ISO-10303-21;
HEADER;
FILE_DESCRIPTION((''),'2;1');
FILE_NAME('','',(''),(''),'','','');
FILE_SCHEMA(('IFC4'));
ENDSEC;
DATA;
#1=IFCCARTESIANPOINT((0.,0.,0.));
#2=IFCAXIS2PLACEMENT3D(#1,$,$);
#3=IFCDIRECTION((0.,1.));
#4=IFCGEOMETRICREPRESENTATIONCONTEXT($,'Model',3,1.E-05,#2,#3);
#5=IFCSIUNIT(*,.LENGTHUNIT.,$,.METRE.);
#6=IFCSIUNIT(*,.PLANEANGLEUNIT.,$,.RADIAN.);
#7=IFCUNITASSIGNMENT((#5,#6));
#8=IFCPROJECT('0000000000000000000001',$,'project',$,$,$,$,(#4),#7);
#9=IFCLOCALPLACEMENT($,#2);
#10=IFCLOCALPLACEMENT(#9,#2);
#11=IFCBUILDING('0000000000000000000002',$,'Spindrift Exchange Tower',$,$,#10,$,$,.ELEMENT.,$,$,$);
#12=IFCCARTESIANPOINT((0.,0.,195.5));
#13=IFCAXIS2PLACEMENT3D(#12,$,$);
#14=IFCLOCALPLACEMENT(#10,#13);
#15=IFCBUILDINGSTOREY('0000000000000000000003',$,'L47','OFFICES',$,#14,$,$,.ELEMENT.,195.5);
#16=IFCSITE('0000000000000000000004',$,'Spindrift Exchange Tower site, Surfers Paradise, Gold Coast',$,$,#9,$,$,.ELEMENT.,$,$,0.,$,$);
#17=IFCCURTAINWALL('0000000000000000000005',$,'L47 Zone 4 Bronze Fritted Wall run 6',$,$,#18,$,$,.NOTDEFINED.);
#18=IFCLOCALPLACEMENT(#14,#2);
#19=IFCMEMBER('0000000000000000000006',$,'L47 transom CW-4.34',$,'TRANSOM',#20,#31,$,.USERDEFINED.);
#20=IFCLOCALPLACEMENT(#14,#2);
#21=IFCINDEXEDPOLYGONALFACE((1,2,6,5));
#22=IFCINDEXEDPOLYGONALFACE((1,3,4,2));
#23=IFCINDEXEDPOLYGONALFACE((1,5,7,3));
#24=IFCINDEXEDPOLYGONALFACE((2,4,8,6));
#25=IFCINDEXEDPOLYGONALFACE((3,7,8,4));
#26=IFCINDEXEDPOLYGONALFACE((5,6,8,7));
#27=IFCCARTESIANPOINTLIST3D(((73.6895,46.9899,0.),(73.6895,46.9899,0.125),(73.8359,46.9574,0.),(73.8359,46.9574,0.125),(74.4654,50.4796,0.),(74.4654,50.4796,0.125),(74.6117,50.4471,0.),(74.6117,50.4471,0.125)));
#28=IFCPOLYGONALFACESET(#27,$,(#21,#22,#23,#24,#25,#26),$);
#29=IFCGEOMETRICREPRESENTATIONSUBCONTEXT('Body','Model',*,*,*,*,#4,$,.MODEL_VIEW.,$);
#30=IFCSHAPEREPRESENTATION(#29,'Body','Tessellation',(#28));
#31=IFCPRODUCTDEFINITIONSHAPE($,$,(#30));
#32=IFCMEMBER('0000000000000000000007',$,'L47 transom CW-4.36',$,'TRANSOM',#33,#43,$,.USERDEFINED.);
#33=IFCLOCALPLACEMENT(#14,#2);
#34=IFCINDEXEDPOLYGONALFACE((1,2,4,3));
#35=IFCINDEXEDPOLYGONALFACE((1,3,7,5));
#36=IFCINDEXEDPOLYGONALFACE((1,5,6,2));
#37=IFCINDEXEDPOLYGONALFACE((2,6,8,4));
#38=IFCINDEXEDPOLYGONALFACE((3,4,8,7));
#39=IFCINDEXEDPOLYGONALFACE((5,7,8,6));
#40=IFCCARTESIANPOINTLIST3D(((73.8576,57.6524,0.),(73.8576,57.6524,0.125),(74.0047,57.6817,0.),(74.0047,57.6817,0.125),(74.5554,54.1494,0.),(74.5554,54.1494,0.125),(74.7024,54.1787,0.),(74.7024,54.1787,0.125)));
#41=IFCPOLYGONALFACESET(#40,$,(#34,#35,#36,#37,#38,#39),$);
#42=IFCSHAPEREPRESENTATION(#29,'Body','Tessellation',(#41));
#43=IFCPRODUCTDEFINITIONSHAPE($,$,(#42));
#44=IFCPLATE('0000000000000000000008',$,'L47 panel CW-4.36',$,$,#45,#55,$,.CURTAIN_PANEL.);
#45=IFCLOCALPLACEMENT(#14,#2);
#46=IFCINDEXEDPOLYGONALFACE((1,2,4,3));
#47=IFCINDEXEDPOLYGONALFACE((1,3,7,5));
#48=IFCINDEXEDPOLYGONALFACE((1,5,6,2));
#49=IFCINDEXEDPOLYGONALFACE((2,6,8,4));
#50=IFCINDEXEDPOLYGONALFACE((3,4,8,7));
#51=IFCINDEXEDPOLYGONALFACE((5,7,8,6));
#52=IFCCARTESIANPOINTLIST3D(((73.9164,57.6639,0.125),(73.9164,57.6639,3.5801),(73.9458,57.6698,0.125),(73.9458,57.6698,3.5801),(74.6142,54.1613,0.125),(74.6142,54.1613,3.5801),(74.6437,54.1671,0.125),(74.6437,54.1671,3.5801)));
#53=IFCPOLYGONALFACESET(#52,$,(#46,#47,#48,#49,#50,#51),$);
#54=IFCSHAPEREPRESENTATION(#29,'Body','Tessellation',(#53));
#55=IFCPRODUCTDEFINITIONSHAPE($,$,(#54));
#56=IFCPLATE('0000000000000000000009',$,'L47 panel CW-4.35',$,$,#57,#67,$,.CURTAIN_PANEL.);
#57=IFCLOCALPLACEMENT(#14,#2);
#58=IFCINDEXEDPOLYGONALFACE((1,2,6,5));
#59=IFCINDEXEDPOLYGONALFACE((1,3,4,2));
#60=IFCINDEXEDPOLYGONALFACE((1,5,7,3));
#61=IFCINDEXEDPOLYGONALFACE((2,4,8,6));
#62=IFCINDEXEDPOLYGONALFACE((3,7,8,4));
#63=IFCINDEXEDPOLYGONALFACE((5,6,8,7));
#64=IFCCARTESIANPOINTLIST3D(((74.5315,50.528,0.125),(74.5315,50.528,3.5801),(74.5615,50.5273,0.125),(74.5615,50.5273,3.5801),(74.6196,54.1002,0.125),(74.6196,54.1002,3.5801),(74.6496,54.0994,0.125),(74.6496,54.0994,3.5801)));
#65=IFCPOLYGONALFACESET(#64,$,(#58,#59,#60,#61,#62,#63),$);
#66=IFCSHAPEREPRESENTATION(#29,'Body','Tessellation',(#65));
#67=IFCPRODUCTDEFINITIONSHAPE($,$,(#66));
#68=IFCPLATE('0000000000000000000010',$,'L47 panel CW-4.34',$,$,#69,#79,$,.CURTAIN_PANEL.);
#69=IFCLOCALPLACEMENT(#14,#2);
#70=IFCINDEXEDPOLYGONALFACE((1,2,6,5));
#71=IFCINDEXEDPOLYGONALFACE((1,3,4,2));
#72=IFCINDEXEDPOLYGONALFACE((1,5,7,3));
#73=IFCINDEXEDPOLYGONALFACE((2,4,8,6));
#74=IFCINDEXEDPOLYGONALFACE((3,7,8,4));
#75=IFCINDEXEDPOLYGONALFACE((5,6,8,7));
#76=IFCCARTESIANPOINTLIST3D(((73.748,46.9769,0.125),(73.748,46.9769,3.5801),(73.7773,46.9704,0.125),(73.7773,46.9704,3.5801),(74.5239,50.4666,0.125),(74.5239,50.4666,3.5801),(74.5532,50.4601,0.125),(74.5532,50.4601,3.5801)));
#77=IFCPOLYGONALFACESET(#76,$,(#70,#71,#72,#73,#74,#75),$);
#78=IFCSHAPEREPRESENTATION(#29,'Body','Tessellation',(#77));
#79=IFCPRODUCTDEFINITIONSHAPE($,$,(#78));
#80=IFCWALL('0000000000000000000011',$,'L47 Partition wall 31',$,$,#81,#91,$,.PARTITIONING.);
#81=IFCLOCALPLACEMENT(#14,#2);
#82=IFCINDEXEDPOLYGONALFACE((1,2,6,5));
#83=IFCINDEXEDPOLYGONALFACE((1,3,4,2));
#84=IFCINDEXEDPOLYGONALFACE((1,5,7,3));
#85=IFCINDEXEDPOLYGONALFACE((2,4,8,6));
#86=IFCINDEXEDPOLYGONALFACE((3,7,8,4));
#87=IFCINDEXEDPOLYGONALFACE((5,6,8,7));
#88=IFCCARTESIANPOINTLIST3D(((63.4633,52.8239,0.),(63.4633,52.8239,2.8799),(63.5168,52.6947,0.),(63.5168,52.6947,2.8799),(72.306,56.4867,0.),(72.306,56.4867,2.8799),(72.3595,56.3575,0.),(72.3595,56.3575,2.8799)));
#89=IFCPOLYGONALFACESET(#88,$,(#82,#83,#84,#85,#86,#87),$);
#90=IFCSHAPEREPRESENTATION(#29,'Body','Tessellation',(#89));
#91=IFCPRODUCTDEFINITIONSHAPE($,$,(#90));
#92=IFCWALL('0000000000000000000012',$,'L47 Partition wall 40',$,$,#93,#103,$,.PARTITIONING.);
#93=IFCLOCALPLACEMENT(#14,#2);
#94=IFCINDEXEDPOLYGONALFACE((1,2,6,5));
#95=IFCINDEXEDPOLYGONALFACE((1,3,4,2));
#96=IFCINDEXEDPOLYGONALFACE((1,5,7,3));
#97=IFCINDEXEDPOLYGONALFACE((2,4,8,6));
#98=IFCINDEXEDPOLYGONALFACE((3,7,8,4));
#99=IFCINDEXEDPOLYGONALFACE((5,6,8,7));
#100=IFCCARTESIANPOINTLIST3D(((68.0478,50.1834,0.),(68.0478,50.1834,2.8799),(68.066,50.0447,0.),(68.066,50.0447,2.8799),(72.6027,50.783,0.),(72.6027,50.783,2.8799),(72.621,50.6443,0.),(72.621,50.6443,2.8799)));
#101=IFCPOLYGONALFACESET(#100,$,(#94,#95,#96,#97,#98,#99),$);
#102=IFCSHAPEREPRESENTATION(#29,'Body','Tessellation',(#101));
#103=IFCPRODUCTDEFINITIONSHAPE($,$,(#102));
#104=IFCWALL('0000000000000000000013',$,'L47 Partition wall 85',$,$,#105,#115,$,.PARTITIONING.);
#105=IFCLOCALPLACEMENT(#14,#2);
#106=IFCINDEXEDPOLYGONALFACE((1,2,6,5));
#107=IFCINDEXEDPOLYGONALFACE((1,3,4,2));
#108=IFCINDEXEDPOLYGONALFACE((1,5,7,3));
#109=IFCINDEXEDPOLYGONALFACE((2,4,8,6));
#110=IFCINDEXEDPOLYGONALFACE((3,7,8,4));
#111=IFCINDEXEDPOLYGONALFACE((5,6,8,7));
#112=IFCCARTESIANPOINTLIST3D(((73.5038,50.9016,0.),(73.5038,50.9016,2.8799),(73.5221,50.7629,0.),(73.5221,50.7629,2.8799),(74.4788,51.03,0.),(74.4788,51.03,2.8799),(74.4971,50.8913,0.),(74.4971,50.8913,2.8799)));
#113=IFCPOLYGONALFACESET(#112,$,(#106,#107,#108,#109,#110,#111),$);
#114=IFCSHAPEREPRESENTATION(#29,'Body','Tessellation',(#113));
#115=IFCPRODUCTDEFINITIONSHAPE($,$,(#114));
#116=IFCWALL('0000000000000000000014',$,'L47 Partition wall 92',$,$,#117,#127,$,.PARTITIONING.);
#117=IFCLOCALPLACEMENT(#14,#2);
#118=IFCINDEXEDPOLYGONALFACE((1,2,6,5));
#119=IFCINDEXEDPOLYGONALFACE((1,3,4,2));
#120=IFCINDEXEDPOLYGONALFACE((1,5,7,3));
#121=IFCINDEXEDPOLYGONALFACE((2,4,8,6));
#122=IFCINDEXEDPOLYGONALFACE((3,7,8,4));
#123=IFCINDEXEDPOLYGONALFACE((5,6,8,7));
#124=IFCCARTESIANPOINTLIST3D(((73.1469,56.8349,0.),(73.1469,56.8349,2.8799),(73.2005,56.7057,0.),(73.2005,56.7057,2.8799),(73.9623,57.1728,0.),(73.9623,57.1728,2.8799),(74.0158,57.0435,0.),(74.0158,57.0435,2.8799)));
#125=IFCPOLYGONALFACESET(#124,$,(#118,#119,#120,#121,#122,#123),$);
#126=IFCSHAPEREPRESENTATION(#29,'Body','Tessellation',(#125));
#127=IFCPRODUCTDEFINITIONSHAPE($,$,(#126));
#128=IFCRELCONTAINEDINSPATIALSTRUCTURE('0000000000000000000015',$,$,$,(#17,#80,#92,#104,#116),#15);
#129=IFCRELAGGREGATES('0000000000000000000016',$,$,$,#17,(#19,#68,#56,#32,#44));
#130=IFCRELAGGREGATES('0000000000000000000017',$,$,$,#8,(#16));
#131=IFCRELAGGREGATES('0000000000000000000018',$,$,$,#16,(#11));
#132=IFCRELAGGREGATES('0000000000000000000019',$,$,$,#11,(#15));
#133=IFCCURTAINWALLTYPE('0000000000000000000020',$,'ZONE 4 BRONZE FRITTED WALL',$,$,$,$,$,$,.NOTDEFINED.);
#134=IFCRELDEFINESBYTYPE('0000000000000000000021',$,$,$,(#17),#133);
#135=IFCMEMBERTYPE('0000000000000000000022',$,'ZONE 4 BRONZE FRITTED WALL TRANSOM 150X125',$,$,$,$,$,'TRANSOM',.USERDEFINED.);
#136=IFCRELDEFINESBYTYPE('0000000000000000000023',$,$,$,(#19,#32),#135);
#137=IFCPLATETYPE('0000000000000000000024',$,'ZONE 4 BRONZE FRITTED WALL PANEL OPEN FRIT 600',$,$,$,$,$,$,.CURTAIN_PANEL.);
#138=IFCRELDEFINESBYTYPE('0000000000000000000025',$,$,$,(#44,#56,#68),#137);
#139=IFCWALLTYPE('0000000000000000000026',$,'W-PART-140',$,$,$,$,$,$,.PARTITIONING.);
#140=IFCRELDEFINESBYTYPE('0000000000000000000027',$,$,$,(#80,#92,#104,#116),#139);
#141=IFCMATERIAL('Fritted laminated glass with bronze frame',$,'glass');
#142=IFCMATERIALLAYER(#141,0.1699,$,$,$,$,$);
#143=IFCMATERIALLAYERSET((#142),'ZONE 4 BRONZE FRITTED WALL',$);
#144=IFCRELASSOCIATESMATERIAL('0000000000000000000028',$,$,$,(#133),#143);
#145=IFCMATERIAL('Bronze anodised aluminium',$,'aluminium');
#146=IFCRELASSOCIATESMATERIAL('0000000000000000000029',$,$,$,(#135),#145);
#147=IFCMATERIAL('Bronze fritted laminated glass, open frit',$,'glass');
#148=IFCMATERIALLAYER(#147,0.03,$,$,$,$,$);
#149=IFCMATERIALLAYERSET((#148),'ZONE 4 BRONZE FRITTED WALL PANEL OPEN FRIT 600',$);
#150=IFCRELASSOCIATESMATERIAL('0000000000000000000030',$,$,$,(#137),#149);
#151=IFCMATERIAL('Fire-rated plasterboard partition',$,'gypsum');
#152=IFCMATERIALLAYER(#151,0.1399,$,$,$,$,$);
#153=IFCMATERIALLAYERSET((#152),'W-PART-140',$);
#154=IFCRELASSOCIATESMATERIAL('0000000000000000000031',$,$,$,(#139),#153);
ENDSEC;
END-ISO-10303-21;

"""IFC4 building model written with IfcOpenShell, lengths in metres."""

from ifc_helpers import new_model, si_unit, direction, frame, frame_2d, origin, origin_2d, place, context, subcontext, project, spatial, rectangle, extrude, source, transform, mapped, material, layer, layer_set, material_profile, profile_set, type_object, element, aggregate, save


model = new_model("IFC4")

# Units and contexts
model_context = context("Model", 3, precision=1e-05, world=origin(), true_north=direction((0.0, 1.0)))
body_context = subcontext(model_context, "Body", "Model", "MODEL_VIEW")
ifc_project = project(units=[si_unit("LENGTHUNIT", "METRE"), si_unit("PLANEANGLEUNIT", "RADIAN")], contexts=[model_context])

# Site, building, storey
site_placement = place(None, origin())
site = spatial("IfcSite", under=ifc_project, at=site_placement, Name="Spindrift Exchange Tower site, Surfers Paradise, Gold Coast", CompositionType="ELEMENT", RefElevation=0.0)
building_placement = place(site_placement, origin())
building = spatial("IfcBuilding", under=site, at=building_placement, Name="Spindrift Exchange Tower", CompositionType="ELEMENT")
storey_placement = place(building_placement, frame((0.0, 0.0, 195.5)))
storey = spatial("IfcBuildingStorey", under=building, at=storey_placement, Name="L47", Description="OFFICES", CompositionType="ELEMENT", Elevation=195.5)

# Curtain wall, members, plates
ifc_material_1 = material(Name="Fritted laminated glass with bronze frame", Category="glass")
ifc_layer_1 = layer(ifc_material_1, 0.1699)
ifc_layer_set_1 = layer_set([ifc_layer_1], Name="ZONE 4 BRONZE FRITTED WALL")
curtain_wall_type = type_object("IfcCurtainWallType", Name="ZONE 4 BRONZE FRITTED WALL", PredefinedType="NOTDEFINED", material=ifc_layer_set_1)
curtain_wall_placement = place(storey_placement, origin())
curtain_wall = element("IfcCurtainWall", 1, at=curtain_wall_placement, inside=storey, type_object=curtain_wall_type, Name="L47 Zone 4 Bronze Fritted Wall run 6", PredefinedType="NOTDEFINED")
ifc_material_2 = material(Name="Bronze anodised aluminium", Category="aluminium")
ifc_material_profile_1 = material_profile(ifc_material_2, rectangle(XDim=0.1499, YDim=0.125, at=origin_2d()), Name="ZONE 4 BRONZE FRITTED WALL TRANSOM 150X125")
ifc_profile_set_1 = profile_set([ifc_material_profile_1], Name="Bronze anodised aluminium")
member_type_1 = type_object("IfcMemberType", Name="ZONE 4 BRONZE FRITTED WALL TRANSOM 150X125", ElementType="TRANSOM", PredefinedType="USERDEFINED", material=ifc_profile_set_1)
shared_shape_1 = source(origin(), body_context, "Body", "SweptSolid", [
    extrude(rectangle(XDim=0.1499, YDim=0.125, at=origin_2d()), origin(), (0.0, 0.0, 1.0), 3.575),
])
member_1_placement = place(storey_placement, frame((73.7627, 46.9736, 0.0625), z_axis=(0.217032, 0.976165, 0.0), x_axis=(-0.976165, 0.217032, 0.0)))
member_1 = element("IfcMember", 2, at=member_1_placement, type_object=member_type_1, Name="L47 transom CW-4.34", ObjectType="TRANSOM", PredefinedType="USERDEFINED", context=body_context, shape_type="MappedRepresentation", body=[
    mapped(shared_shape_1, transform((0.0, 0.0, 0.0), scale=1.0)),
])
shared_shape_2 = source(origin(), body_context, "Body", "SweptSolid", [
    extrude(rectangle(XDim=0.1499, YDim=0.125, at=origin_2d()), origin(), (0.0, 0.0, 1.0), 3.5718),
])
member_2_placement = place(storey_placement, frame((74.6289, 54.1641, 0.0625), z_axis=(-0.195354, 0.980733, 0.0), x_axis=(-0.980733, -0.195354, 0.0)))
member_2 = element("IfcMember", 3, at=member_2_placement, type_object=member_type_1, Name="L47 transom CW-4.36", ObjectType="TRANSOM", PredefinedType="USERDEFINED", context=body_context, shape_type="MappedRepresentation", body=[
    mapped(shared_shape_2, transform((0.0, 0.0, 0.0), scale=1.0)),
])
ifc_material_3 = material(Name="Bronze fritted laminated glass, open frit", Category="glass")
ifc_layer_2 = layer(ifc_material_3, 0.03)
ifc_layer_set_2 = layer_set([ifc_layer_2], Name="ZONE 4 BRONZE FRITTED WALL PANEL OPEN FRIT 600")
plate_type = type_object("IfcPlateType", Name="ZONE 4 BRONZE FRITTED WALL PANEL OPEN FRIT 600", PredefinedType="CURTAIN_PANEL", material=ifc_layer_set_2)
shared_shape_3 = source(origin(), body_context, "Body", "SweptSolid", [
    extrude(rectangle(XDim=3.5715, YDim=0.03, at=origin_2d()), origin(), (0.0, 0.0, 1.0), 3.4551),
])
plate_1_placement = place(storey_placement, frame((74.28, 55.9155, 0.125), z_axis=(0.0, 0.0, 1.0), x_axis=(-0.195402, 0.980723, 0.0)))
plate_1 = element("IfcPlate", 4, at=plate_1_placement, type_object=plate_type, Name="L47 panel CW-4.36", PredefinedType="CURTAIN_PANEL", context=body_context, shape_type="MappedRepresentation", body=[
    mapped(shared_shape_3, transform((0.0, 0.0, 0.0), scale=1.0)),
])
shared_shape_4 = source(origin(), body_context, "Body", "SweptSolid", [
    extrude(rectangle(XDim=3.5732, YDim=0.03, at=origin_2d()), origin(), (0.0, 0.0, 1.0), 3.4551),
])
plate_2_placement = place(storey_placement, frame((74.5906, 52.3137, 0.125), z_axis=(0.0, 0.0, 1.0), x_axis=(0.024654, 0.999696, 0.0)))
plate_2 = element("IfcPlate", 5, at=plate_2_placement, type_object=plate_type, Name="L47 panel CW-4.35", PredefinedType="CURTAIN_PANEL", context=body_context, shape_type="MappedRepresentation", body=[
    mapped(shared_shape_4, transform((0.0, 0.0, 0.0), scale=1.0)),
])
shared_shape_5 = source(origin(), body_context, "Body", "SweptSolid", [
    extrude(rectangle(XDim=3.575, YDim=0.03, at=origin_2d()), origin(), (0.0, 0.0, 1.0), 3.4551),
])
plate_3_placement = place(storey_placement, frame((74.1506, 48.7185, 0.125), z_axis=(0.0, 0.0, 1.0), x_axis=(0.217036, 0.976164, 0.0)))
plate_3 = element("IfcPlate", 6, at=plate_3_placement, type_object=plate_type, Name="L47 panel CW-4.34", PredefinedType="CURTAIN_PANEL", context=body_context, shape_type="MappedRepresentation", body=[
    mapped(shared_shape_5, transform((0.0, 0.0, 0.0), scale=1.0)),
])
aggregate(curtain_wall, [member_1, plate_3, plate_2, member_2, plate_1])

# Walls
ifc_material_4 = material(Name="Fire-rated plasterboard partition", Category="gypsum")
ifc_layer_3 = layer(ifc_material_4, 0.1399)
ifc_layer_set_3 = layer_set([ifc_layer_3], Name="W-PART-140")
wall_type = type_object("IfcWallType", Name="W-PART-140", PredefinedType="PARTITIONING", material=ifc_layer_set_3)
wall_1_placement = place(storey_placement, frame((72.3328, 56.4221, 0.0), z_axis=(0.0, 0.0, 1.0), x_axis=(-0.923878, -0.382687, 0.0)))
element("IfcWall", 7, at=wall_1_placement, inside=storey, type_object=wall_type, Name="L47 Partition wall 31", PredefinedType="PARTITIONING", context=body_context, shape_type="SweptSolid", body=[
    extrude(rectangle(XDim=9.5713, YDim=0.1399, at=frame_2d((4.7856, 0.0))), origin(), (0.0, 0.0, 1.0), 2.8799),
])
wall_2_placement = place(storey_placement, frame((68.0569, 50.114, 0.0), z_axis=(0.0, 0.0, 1.0), x_axis=(0.991447, 0.130514, 0.0)))
element("IfcWall", 8, at=wall_2_placement, inside=storey, type_object=wall_type, Name="L47 Partition wall 40", PredefinedType="PARTITIONING", context=body_context, shape_type="SweptSolid", body=[
    extrude(rectangle(XDim=4.5942, YDim=0.1399, at=frame_2d((2.2971, 0.0))), origin(), (0.0, 0.0, 1.0), 2.8799),
])
wall_3_placement = place(storey_placement, frame((73.5129, 50.8323, 0.0), z_axis=(0.0, 0.0, 1.0), x_axis=(0.991439, 0.13057, 0.0)))
element("IfcWall", 9, at=wall_3_placement, inside=storey, type_object=wall_type, Name="L47 Partition wall 85", PredefinedType="PARTITIONING", context=body_context, shape_type="SweptSolid", body=[
    extrude(rectangle(XDim=0.9834, YDim=0.1399, at=frame_2d((0.4917, 0.0))), origin(), (0.0, 0.0, 1.0), 2.8799),
])
wall_4_placement = place(storey_placement, frame((73.1736, 56.7703, 0.0), z_axis=(0.0, 0.0, 1.0), x_axis=(0.923828, 0.382808, 0.0)))
element("IfcWall", 10, at=wall_4_placement, inside=storey, type_object=wall_type, Name="L47 Partition wall 92", PredefinedType="PARTITIONING", context=body_context, shape_type="SweptSolid", body=[
    extrude(rectangle(XDim=0.8826, YDim=0.1399, at=frame_2d((0.4414, 0.0))), origin(), (0.0, 0.0, 1.0), 2.8799),
])

save(model, "model.ifc")
